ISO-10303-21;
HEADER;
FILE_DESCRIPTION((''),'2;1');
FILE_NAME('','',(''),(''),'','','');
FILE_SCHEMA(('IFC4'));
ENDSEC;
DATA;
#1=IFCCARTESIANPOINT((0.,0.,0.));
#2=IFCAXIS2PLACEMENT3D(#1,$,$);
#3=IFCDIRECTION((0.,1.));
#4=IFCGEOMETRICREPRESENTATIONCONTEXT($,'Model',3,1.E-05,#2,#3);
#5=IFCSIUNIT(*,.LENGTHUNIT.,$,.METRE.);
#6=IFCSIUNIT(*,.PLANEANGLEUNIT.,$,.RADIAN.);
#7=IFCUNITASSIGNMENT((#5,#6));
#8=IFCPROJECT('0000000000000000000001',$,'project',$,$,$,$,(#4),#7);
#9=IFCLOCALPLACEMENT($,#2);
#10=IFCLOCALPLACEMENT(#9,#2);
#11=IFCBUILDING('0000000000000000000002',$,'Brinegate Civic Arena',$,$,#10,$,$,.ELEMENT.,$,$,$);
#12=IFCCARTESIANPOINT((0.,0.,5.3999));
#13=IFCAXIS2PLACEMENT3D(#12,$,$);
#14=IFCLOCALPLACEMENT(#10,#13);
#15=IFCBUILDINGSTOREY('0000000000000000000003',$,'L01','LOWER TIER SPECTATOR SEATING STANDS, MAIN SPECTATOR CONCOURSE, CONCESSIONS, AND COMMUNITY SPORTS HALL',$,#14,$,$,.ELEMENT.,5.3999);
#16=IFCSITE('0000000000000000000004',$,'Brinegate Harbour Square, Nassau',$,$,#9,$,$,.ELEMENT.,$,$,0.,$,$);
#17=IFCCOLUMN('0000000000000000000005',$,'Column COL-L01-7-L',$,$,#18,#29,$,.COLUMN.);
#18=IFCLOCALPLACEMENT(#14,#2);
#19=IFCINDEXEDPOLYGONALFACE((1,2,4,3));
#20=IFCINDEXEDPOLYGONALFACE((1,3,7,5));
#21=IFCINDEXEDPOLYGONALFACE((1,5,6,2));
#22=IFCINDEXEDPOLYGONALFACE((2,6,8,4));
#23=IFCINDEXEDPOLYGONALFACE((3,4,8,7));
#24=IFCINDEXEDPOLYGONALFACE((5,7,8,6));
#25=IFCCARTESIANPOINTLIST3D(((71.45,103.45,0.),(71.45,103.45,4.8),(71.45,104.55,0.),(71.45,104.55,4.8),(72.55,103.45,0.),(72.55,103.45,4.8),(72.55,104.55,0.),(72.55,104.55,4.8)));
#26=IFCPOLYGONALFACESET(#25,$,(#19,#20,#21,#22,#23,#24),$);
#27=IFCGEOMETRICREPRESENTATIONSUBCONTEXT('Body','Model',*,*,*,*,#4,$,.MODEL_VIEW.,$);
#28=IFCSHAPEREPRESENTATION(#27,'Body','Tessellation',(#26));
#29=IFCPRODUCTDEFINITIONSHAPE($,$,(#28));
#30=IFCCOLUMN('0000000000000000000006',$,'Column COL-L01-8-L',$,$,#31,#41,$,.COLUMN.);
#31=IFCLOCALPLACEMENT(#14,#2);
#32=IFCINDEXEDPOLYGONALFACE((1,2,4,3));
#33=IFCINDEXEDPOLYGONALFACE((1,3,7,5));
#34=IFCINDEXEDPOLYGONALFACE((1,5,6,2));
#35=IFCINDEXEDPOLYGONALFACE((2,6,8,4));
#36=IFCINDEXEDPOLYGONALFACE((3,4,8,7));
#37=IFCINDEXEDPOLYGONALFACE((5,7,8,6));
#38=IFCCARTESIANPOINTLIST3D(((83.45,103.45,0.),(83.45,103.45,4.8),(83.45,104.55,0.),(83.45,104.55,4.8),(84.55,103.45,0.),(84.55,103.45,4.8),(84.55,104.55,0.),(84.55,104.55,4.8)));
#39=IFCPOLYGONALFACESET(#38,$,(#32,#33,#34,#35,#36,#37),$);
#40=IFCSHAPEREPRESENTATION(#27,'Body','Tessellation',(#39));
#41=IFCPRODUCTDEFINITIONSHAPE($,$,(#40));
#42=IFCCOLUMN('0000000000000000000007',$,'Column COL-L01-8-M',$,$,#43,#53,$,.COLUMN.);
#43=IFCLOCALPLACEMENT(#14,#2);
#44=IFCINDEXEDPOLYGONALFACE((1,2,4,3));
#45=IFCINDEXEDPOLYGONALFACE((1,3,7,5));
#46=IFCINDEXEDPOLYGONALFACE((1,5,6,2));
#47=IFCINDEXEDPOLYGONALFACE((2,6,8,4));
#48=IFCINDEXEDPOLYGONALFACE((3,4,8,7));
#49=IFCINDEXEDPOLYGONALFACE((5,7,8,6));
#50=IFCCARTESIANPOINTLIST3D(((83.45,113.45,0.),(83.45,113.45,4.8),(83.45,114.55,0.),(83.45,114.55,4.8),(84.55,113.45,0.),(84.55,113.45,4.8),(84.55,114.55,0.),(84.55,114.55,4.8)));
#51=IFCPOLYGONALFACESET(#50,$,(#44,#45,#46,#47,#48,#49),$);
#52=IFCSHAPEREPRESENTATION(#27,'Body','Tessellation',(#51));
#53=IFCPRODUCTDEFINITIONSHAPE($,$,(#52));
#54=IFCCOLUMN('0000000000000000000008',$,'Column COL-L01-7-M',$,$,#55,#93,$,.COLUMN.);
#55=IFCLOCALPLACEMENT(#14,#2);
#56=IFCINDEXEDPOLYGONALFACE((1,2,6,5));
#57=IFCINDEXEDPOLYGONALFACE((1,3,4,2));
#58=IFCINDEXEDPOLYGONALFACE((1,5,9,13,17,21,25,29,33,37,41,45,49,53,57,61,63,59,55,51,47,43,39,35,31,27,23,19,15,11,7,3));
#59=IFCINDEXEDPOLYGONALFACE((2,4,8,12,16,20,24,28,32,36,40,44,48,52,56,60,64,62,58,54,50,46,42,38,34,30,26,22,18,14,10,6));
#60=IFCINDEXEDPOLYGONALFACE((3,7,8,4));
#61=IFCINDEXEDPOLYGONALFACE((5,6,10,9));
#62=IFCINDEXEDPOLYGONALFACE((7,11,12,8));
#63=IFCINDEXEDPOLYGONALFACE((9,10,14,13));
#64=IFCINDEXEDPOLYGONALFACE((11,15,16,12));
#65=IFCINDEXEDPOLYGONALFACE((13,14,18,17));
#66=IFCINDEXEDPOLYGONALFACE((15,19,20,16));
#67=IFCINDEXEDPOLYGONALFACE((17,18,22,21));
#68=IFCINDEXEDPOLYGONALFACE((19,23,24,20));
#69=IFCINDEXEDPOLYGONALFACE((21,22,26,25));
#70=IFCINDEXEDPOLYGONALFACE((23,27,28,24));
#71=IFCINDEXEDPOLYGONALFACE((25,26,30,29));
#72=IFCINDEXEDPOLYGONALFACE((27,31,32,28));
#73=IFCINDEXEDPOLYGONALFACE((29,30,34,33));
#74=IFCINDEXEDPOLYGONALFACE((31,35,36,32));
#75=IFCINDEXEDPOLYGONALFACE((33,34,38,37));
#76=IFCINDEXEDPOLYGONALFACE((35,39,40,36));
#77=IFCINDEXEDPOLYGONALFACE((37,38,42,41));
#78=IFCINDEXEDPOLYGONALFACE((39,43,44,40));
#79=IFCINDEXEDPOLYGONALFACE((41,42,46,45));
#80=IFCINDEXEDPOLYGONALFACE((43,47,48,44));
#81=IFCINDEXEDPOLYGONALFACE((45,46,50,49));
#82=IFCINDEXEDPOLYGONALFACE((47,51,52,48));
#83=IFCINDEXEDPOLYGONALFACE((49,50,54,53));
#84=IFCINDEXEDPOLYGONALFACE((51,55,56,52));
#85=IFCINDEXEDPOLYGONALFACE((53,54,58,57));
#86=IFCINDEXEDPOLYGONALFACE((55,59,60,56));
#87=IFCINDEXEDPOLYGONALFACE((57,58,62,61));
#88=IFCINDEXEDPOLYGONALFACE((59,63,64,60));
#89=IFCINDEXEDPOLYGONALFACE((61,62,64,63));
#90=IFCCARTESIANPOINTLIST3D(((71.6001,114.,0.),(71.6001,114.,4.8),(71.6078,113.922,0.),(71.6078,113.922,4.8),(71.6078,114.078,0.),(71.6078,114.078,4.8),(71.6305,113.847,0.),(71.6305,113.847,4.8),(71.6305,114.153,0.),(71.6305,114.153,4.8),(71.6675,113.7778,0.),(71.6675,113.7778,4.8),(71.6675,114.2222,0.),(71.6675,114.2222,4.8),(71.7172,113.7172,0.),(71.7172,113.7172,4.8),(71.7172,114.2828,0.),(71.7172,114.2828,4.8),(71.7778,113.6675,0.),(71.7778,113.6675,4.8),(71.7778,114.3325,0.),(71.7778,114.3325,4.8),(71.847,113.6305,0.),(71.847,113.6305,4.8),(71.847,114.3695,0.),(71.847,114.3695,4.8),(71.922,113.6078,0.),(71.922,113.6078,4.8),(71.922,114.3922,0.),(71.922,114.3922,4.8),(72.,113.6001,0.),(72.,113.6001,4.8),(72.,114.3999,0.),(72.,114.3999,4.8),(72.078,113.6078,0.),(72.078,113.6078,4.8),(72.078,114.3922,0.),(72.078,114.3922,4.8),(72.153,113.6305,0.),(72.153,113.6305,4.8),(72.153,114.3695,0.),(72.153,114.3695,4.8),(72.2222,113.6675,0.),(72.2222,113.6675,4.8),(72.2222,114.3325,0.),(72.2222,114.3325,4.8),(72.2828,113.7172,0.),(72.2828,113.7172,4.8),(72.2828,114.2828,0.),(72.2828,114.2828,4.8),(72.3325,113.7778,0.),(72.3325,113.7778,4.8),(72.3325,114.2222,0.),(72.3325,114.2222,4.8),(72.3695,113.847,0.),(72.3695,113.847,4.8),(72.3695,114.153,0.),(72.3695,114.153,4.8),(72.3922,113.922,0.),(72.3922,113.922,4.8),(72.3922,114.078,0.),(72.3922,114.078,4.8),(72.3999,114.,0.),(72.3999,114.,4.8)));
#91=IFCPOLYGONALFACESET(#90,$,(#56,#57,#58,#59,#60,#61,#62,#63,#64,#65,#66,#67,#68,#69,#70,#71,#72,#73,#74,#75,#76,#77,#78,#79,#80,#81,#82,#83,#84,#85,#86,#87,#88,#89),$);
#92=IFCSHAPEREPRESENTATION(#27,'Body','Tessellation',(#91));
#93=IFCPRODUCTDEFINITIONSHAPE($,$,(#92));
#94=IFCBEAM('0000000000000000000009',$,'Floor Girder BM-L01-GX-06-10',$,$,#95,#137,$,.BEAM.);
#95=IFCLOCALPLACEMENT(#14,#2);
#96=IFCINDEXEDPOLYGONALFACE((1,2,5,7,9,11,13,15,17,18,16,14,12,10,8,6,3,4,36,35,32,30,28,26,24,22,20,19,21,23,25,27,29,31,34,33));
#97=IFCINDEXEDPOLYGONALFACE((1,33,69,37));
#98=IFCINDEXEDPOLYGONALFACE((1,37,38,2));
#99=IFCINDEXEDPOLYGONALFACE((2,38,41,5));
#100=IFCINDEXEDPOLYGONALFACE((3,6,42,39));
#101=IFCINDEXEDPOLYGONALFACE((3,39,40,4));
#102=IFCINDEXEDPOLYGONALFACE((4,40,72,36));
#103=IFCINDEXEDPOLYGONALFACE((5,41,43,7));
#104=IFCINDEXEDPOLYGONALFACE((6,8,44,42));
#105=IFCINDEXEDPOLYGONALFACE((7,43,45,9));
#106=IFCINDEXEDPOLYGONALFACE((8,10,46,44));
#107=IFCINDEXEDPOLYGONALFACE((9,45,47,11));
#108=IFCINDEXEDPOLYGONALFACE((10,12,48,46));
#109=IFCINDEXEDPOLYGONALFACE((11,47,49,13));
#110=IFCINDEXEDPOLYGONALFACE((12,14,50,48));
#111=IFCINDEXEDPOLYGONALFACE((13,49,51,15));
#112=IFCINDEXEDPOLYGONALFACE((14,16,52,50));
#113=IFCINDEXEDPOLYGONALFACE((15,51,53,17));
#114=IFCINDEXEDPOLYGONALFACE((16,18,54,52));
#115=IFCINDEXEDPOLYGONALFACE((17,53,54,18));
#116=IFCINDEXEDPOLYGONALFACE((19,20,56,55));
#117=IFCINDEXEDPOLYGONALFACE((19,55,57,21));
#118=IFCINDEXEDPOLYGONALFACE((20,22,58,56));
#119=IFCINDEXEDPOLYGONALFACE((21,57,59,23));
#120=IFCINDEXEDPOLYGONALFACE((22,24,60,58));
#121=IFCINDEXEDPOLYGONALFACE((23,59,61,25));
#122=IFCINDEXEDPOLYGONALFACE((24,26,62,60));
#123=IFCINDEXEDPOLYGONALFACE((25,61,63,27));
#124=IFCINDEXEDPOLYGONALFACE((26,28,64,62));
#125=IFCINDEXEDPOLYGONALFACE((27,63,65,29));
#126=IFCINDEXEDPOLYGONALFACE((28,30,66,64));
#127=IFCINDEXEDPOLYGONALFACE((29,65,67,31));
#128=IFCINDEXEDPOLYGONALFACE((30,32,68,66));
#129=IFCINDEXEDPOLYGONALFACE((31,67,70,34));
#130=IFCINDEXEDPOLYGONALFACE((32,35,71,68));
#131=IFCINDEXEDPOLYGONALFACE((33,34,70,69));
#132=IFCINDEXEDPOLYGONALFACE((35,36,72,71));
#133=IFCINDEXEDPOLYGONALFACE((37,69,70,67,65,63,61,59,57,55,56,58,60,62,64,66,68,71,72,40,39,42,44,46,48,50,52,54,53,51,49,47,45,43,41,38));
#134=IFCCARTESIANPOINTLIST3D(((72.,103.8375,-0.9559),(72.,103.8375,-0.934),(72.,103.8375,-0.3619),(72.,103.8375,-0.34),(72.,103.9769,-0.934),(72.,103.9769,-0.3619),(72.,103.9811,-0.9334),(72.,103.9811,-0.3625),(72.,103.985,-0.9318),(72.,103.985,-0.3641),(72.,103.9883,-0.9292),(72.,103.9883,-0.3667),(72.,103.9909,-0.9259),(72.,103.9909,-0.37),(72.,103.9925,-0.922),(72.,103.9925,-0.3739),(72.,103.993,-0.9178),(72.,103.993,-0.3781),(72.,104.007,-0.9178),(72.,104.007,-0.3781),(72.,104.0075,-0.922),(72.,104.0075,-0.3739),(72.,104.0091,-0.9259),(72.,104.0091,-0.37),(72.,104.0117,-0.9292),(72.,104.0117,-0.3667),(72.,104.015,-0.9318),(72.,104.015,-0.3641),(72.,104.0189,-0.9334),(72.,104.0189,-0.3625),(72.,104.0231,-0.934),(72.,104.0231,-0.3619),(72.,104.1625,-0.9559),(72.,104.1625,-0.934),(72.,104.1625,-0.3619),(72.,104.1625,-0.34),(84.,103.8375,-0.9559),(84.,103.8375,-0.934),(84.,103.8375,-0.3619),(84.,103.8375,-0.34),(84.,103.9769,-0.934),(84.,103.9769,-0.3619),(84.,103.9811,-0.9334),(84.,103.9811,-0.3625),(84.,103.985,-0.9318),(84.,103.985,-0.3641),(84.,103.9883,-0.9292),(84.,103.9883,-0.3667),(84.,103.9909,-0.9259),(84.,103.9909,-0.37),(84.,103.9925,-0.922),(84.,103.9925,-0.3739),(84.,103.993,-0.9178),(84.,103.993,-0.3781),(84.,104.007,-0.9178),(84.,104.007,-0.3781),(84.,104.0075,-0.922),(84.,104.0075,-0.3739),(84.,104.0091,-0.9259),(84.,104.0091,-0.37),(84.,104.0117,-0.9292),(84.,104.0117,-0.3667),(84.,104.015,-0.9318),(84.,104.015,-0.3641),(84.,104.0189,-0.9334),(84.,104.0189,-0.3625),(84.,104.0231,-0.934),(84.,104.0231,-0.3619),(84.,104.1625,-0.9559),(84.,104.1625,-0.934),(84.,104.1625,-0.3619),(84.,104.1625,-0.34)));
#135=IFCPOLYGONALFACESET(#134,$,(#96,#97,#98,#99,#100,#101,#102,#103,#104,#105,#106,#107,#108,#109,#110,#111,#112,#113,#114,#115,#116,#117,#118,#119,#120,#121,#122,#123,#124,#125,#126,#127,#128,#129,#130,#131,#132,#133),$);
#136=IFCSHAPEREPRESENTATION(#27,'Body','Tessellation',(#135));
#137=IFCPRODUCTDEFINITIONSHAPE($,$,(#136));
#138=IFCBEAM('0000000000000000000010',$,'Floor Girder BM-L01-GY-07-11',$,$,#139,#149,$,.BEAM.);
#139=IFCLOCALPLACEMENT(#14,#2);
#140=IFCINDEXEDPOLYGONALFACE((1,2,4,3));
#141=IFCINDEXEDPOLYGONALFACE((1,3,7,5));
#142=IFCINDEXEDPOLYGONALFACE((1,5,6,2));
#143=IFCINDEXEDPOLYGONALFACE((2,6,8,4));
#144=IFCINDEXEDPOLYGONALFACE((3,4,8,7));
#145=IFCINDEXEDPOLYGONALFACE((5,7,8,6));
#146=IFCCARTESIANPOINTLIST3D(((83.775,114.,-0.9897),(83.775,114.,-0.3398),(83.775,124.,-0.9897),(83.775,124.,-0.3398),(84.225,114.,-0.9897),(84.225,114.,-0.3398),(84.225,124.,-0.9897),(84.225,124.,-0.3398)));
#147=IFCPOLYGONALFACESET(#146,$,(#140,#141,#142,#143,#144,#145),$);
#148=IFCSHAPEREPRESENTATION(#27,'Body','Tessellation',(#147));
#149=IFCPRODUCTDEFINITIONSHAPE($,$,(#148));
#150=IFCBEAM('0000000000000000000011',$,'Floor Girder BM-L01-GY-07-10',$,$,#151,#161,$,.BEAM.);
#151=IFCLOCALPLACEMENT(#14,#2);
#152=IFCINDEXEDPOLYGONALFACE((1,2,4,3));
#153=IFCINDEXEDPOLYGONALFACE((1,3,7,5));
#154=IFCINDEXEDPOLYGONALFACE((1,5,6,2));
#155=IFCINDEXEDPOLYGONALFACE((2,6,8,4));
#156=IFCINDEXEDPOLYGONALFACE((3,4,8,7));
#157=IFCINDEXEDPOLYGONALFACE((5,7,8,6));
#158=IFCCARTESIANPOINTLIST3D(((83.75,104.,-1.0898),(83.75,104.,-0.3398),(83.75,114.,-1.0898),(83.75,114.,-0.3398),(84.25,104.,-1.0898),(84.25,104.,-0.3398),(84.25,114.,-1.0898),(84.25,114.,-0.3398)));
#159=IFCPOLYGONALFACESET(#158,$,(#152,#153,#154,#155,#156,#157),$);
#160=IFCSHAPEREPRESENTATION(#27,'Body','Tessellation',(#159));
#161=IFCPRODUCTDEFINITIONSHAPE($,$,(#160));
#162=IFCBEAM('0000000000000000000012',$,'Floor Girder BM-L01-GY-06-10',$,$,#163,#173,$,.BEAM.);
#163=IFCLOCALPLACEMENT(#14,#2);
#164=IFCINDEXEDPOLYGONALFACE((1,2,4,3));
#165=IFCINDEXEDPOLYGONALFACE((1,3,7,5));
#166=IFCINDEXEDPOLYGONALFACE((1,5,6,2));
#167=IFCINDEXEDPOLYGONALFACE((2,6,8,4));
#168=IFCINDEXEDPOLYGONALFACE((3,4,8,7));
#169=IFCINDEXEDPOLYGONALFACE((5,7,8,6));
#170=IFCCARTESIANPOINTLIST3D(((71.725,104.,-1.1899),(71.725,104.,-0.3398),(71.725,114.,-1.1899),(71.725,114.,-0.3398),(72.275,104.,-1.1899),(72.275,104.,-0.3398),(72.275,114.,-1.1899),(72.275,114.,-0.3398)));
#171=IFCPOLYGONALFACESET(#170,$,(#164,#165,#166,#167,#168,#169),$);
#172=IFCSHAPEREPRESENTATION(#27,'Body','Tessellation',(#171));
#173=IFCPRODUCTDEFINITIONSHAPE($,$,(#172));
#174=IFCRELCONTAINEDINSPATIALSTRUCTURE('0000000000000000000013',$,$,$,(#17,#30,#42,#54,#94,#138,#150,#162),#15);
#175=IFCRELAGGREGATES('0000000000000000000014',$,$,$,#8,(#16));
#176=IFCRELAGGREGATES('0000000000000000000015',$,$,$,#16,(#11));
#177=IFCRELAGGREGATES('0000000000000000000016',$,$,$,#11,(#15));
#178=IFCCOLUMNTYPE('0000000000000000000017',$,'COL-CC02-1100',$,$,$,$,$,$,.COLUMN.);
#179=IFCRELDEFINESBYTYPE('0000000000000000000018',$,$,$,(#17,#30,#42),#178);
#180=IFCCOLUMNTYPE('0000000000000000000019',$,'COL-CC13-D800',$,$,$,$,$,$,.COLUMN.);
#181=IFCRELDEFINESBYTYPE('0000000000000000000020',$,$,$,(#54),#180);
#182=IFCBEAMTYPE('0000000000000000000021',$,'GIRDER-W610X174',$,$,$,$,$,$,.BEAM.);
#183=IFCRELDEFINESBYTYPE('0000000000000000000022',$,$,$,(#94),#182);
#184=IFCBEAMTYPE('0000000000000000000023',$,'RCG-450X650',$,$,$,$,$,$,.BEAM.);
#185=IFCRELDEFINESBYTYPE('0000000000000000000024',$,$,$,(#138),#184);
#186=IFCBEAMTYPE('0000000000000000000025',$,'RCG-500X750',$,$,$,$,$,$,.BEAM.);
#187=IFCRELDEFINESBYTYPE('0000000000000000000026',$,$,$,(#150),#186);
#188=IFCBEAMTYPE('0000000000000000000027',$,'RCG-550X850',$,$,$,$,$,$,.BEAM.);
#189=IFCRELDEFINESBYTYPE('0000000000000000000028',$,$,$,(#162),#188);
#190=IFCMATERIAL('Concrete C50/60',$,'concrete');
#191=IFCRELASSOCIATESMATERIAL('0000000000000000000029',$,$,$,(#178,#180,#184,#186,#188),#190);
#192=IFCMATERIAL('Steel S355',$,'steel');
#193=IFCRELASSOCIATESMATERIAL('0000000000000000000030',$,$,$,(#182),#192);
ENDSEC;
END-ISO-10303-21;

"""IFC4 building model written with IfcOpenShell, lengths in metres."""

from ifc_helpers import new_model, si_unit, direction, frame, origin, origin_2d, place, context, subcontext, project, spatial, rectangle, circle, i_section, extrude, material, material_profile, profile_set, type_object, element, save


model = new_model("IFC4")

# Units and contexts
model_context = context("Model", 3, precision=1e-05, world=origin(), true_north=direction((0.0, 1.0)))
body_context = subcontext(model_context, "Body", "Model", "MODEL_VIEW")
ifc_project = project(units=[si_unit("LENGTHUNIT", "METRE"), si_unit("PLANEANGLEUNIT", "RADIAN")], contexts=[model_context])

# Site, building, storey
site_placement = place(None, origin())
site = spatial("IfcSite", under=ifc_project, at=site_placement, Name="Brinegate Harbour Square, Nassau", CompositionType="ELEMENT", RefElevation=0.0)
building_placement = place(site_placement, origin())
building = spatial("IfcBuilding", under=site, at=building_placement, Name="Brinegate Civic Arena", CompositionType="ELEMENT")
storey_placement = place(building_placement, frame((0.0, 0.0, 5.3999)))
storey = spatial("IfcBuildingStorey", under=building, at=storey_placement, Name="L01", Description="LOWER TIER SPECTATOR SEATING STANDS, MAIN SPECTATOR CONCOURSE, CONCESSIONS, AND COMMUNITY SPORTS HALL", CompositionType="ELEMENT", Elevation=5.3999)

# Columns
ifc_material_1 = material(Name="Concrete C50/60", Category="concrete")
ifc_material_profile_1 = material_profile(ifc_material_1, rectangle(XDim=1.1001, YDim=1.1001, at=origin_2d()), Name="RC1100X1100")
ifc_profile_set_1 = profile_set([ifc_material_profile_1], Name="Concrete C50/60")
column_type_1 = type_object("IfcColumnType", Name="COL-CC02-1100", PredefinedType="COLUMN", material=ifc_profile_set_1)
for number, where, z_axis, x_axis, name in (
    (1, (72.0, 104.0, 0.0), (0.0, 0.0, 1.0), (1.0, 0.0, 0.0), "Column COL-L01-7-L"),
    (2, (84.0, 104.0, 0.0), (0.0, 0.0, 1.0), (1.0, 0.0, 0.0), "Column COL-L01-8-L"),
    (3, (84.0, 114.0, 0.0), (0.0, 0.0, 1.0), (1.0, 0.0, 0.0), "Column COL-L01-8-M"),
):
    element("IfcColumn", number, at=place(storey_placement, frame(where, z_axis=z_axis, x_axis=x_axis)), inside=storey, type_object=column_type_1, Name=name, PredefinedType="COLUMN", context=body_context, shape_type="SweptSolid", body=[
        extrude(rectangle(XDim=1.1001, YDim=1.1001, at=origin_2d()), origin(), (0.0, 0.0, 1.0), 4.8),
    ])
ifc_material_profile_2 = material_profile(ifc_material_1, circle(Radius=0.3999, at=origin_2d()), Name="RCD800")
ifc_profile_set_2 = profile_set([ifc_material_profile_2], Name="Concrete C50/60")
column_type_2 = type_object("IfcColumnType", Name="COL-CC13-D800", PredefinedType="COLUMN", material=ifc_profile_set_2)
column_placement = place(storey_placement, frame((72.0, 114.0, 0.0), z_axis=(0.0, 0.0, 1.0), x_axis=(1.0, 0.0, 0.0)))
element("IfcColumn", 4, at=column_placement, inside=storey, type_object=column_type_2, Name="Column COL-L01-7-M", PredefinedType="COLUMN", context=body_context, shape_type="SweptSolid", body=[
    extrude(circle(Radius=0.3999, at=origin_2d()), origin(), (0.0, 0.0, 1.0), 4.8),
])

# Beams
ifc_material_2 = material(Name="Steel S355", Category="steel")
ifc_material_profile_3 = material_profile(ifc_material_2, i_section(OverallWidth=0.325, OverallDepth=0.616, WebThickness=0.0139, FlangeThickness=0.022, FilletRadius=0.0161, at=origin_2d()), Name="W610X174")
ifc_profile_set_3 = profile_set([ifc_material_profile_3], Name="Steel S355")
beam_type_1 = type_object("IfcBeamType", Name="GIRDER-W610X174", PredefinedType="BEAM", material=ifc_profile_set_3)
beam_1_placement = place(storey_placement, frame((72.0, 104.0, -0.6479), z_axis=(1.0, 0.0, 0.0), x_axis=(0.0, 1.0, 0.0)))
element("IfcBeam", 5, at=beam_1_placement, inside=storey, type_object=beam_type_1, Name="Floor Girder BM-L01-GX-06-10", PredefinedType="BEAM", context=body_context, shape_type="SweptSolid", body=[
    extrude(i_section(OverallWidth=0.325, OverallDepth=0.616, WebThickness=0.0139, FlangeThickness=0.022, FilletRadius=0.0161, at=origin_2d()), origin(), (0.0, 0.0, 1.0), 12.0),
])
ifc_material_profile_4 = material_profile(ifc_material_1, rectangle(XDim=0.45, YDim=0.6499, at=origin_2d()), Name="RCB450X650")
ifc_profile_set_4 = profile_set([ifc_material_profile_4], Name="Concrete C50/60")
beam_type_2 = type_object("IfcBeamType", Name="RCG-450X650", PredefinedType="BEAM", material=ifc_profile_set_4)
beam_2_placement = place(storey_placement, frame((84.0, 114.0, -0.6648), z_axis=(0.0, 1.0, 0.0), x_axis=(-1.0, 0.0, 0.0)))
element("IfcBeam", 6, at=beam_2_placement, inside=storey, type_object=beam_type_2, Name="Floor Girder BM-L01-GY-07-11", PredefinedType="BEAM", context=body_context, shape_type="SweptSolid", body=[
    extrude(rectangle(XDim=0.45, YDim=0.6499, at=origin_2d()), origin(), (0.0, 0.0, 1.0), 10.0),
])
ifc_material_profile_5 = material_profile(ifc_material_1, rectangle(XDim=0.5, YDim=0.75, at=origin_2d()), Name="RCB500X750")
ifc_profile_set_5 = profile_set([ifc_material_profile_5], Name="Concrete C50/60")
beam_type_3 = type_object("IfcBeamType", Name="RCG-500X750", PredefinedType="BEAM", material=ifc_profile_set_5)
beam_3_placement = place(storey_placement, frame((84.0, 104.0, -0.7148), z_axis=(0.0, 1.0, 0.0), x_axis=(-1.0, 0.0, 0.0)))
element("IfcBeam", 7, at=beam_3_placement, inside=storey, type_object=beam_type_3, Name="Floor Girder BM-L01-GY-07-10", PredefinedType="BEAM", context=body_context, shape_type="SweptSolid", body=[
    extrude(rectangle(XDim=0.5, YDim=0.75, at=origin_2d()), origin(), (0.0, 0.0, 1.0), 10.0),
])
ifc_material_profile_6 = material_profile(ifc_material_1, rectangle(XDim=0.55, YDim=0.8501, at=origin_2d()), Name="RCB550X850")
ifc_profile_set_6 = profile_set([ifc_material_profile_6], Name="Concrete C50/60")
beam_type_4 = type_object("IfcBeamType", Name="RCG-550X850", PredefinedType="BEAM", material=ifc_profile_set_6)
beam_4_placement = place(storey_placement, frame((72.0, 104.0, -0.7649), z_axis=(0.0, 1.0, 0.0), x_axis=(-1.0, 0.0, 0.0)))
element("IfcBeam", 8, at=beam_4_placement, inside=storey, type_object=beam_type_4, Name="Floor Girder BM-L01-GY-06-10", PredefinedType="BEAM", context=body_context, shape_type="SweptSolid", body=[
    extrude(rectangle(XDim=0.55, YDim=0.8501, at=origin_2d()), origin(), (0.0, 0.0, 1.0), 10.0),
])

save(model, "model.ifc")
